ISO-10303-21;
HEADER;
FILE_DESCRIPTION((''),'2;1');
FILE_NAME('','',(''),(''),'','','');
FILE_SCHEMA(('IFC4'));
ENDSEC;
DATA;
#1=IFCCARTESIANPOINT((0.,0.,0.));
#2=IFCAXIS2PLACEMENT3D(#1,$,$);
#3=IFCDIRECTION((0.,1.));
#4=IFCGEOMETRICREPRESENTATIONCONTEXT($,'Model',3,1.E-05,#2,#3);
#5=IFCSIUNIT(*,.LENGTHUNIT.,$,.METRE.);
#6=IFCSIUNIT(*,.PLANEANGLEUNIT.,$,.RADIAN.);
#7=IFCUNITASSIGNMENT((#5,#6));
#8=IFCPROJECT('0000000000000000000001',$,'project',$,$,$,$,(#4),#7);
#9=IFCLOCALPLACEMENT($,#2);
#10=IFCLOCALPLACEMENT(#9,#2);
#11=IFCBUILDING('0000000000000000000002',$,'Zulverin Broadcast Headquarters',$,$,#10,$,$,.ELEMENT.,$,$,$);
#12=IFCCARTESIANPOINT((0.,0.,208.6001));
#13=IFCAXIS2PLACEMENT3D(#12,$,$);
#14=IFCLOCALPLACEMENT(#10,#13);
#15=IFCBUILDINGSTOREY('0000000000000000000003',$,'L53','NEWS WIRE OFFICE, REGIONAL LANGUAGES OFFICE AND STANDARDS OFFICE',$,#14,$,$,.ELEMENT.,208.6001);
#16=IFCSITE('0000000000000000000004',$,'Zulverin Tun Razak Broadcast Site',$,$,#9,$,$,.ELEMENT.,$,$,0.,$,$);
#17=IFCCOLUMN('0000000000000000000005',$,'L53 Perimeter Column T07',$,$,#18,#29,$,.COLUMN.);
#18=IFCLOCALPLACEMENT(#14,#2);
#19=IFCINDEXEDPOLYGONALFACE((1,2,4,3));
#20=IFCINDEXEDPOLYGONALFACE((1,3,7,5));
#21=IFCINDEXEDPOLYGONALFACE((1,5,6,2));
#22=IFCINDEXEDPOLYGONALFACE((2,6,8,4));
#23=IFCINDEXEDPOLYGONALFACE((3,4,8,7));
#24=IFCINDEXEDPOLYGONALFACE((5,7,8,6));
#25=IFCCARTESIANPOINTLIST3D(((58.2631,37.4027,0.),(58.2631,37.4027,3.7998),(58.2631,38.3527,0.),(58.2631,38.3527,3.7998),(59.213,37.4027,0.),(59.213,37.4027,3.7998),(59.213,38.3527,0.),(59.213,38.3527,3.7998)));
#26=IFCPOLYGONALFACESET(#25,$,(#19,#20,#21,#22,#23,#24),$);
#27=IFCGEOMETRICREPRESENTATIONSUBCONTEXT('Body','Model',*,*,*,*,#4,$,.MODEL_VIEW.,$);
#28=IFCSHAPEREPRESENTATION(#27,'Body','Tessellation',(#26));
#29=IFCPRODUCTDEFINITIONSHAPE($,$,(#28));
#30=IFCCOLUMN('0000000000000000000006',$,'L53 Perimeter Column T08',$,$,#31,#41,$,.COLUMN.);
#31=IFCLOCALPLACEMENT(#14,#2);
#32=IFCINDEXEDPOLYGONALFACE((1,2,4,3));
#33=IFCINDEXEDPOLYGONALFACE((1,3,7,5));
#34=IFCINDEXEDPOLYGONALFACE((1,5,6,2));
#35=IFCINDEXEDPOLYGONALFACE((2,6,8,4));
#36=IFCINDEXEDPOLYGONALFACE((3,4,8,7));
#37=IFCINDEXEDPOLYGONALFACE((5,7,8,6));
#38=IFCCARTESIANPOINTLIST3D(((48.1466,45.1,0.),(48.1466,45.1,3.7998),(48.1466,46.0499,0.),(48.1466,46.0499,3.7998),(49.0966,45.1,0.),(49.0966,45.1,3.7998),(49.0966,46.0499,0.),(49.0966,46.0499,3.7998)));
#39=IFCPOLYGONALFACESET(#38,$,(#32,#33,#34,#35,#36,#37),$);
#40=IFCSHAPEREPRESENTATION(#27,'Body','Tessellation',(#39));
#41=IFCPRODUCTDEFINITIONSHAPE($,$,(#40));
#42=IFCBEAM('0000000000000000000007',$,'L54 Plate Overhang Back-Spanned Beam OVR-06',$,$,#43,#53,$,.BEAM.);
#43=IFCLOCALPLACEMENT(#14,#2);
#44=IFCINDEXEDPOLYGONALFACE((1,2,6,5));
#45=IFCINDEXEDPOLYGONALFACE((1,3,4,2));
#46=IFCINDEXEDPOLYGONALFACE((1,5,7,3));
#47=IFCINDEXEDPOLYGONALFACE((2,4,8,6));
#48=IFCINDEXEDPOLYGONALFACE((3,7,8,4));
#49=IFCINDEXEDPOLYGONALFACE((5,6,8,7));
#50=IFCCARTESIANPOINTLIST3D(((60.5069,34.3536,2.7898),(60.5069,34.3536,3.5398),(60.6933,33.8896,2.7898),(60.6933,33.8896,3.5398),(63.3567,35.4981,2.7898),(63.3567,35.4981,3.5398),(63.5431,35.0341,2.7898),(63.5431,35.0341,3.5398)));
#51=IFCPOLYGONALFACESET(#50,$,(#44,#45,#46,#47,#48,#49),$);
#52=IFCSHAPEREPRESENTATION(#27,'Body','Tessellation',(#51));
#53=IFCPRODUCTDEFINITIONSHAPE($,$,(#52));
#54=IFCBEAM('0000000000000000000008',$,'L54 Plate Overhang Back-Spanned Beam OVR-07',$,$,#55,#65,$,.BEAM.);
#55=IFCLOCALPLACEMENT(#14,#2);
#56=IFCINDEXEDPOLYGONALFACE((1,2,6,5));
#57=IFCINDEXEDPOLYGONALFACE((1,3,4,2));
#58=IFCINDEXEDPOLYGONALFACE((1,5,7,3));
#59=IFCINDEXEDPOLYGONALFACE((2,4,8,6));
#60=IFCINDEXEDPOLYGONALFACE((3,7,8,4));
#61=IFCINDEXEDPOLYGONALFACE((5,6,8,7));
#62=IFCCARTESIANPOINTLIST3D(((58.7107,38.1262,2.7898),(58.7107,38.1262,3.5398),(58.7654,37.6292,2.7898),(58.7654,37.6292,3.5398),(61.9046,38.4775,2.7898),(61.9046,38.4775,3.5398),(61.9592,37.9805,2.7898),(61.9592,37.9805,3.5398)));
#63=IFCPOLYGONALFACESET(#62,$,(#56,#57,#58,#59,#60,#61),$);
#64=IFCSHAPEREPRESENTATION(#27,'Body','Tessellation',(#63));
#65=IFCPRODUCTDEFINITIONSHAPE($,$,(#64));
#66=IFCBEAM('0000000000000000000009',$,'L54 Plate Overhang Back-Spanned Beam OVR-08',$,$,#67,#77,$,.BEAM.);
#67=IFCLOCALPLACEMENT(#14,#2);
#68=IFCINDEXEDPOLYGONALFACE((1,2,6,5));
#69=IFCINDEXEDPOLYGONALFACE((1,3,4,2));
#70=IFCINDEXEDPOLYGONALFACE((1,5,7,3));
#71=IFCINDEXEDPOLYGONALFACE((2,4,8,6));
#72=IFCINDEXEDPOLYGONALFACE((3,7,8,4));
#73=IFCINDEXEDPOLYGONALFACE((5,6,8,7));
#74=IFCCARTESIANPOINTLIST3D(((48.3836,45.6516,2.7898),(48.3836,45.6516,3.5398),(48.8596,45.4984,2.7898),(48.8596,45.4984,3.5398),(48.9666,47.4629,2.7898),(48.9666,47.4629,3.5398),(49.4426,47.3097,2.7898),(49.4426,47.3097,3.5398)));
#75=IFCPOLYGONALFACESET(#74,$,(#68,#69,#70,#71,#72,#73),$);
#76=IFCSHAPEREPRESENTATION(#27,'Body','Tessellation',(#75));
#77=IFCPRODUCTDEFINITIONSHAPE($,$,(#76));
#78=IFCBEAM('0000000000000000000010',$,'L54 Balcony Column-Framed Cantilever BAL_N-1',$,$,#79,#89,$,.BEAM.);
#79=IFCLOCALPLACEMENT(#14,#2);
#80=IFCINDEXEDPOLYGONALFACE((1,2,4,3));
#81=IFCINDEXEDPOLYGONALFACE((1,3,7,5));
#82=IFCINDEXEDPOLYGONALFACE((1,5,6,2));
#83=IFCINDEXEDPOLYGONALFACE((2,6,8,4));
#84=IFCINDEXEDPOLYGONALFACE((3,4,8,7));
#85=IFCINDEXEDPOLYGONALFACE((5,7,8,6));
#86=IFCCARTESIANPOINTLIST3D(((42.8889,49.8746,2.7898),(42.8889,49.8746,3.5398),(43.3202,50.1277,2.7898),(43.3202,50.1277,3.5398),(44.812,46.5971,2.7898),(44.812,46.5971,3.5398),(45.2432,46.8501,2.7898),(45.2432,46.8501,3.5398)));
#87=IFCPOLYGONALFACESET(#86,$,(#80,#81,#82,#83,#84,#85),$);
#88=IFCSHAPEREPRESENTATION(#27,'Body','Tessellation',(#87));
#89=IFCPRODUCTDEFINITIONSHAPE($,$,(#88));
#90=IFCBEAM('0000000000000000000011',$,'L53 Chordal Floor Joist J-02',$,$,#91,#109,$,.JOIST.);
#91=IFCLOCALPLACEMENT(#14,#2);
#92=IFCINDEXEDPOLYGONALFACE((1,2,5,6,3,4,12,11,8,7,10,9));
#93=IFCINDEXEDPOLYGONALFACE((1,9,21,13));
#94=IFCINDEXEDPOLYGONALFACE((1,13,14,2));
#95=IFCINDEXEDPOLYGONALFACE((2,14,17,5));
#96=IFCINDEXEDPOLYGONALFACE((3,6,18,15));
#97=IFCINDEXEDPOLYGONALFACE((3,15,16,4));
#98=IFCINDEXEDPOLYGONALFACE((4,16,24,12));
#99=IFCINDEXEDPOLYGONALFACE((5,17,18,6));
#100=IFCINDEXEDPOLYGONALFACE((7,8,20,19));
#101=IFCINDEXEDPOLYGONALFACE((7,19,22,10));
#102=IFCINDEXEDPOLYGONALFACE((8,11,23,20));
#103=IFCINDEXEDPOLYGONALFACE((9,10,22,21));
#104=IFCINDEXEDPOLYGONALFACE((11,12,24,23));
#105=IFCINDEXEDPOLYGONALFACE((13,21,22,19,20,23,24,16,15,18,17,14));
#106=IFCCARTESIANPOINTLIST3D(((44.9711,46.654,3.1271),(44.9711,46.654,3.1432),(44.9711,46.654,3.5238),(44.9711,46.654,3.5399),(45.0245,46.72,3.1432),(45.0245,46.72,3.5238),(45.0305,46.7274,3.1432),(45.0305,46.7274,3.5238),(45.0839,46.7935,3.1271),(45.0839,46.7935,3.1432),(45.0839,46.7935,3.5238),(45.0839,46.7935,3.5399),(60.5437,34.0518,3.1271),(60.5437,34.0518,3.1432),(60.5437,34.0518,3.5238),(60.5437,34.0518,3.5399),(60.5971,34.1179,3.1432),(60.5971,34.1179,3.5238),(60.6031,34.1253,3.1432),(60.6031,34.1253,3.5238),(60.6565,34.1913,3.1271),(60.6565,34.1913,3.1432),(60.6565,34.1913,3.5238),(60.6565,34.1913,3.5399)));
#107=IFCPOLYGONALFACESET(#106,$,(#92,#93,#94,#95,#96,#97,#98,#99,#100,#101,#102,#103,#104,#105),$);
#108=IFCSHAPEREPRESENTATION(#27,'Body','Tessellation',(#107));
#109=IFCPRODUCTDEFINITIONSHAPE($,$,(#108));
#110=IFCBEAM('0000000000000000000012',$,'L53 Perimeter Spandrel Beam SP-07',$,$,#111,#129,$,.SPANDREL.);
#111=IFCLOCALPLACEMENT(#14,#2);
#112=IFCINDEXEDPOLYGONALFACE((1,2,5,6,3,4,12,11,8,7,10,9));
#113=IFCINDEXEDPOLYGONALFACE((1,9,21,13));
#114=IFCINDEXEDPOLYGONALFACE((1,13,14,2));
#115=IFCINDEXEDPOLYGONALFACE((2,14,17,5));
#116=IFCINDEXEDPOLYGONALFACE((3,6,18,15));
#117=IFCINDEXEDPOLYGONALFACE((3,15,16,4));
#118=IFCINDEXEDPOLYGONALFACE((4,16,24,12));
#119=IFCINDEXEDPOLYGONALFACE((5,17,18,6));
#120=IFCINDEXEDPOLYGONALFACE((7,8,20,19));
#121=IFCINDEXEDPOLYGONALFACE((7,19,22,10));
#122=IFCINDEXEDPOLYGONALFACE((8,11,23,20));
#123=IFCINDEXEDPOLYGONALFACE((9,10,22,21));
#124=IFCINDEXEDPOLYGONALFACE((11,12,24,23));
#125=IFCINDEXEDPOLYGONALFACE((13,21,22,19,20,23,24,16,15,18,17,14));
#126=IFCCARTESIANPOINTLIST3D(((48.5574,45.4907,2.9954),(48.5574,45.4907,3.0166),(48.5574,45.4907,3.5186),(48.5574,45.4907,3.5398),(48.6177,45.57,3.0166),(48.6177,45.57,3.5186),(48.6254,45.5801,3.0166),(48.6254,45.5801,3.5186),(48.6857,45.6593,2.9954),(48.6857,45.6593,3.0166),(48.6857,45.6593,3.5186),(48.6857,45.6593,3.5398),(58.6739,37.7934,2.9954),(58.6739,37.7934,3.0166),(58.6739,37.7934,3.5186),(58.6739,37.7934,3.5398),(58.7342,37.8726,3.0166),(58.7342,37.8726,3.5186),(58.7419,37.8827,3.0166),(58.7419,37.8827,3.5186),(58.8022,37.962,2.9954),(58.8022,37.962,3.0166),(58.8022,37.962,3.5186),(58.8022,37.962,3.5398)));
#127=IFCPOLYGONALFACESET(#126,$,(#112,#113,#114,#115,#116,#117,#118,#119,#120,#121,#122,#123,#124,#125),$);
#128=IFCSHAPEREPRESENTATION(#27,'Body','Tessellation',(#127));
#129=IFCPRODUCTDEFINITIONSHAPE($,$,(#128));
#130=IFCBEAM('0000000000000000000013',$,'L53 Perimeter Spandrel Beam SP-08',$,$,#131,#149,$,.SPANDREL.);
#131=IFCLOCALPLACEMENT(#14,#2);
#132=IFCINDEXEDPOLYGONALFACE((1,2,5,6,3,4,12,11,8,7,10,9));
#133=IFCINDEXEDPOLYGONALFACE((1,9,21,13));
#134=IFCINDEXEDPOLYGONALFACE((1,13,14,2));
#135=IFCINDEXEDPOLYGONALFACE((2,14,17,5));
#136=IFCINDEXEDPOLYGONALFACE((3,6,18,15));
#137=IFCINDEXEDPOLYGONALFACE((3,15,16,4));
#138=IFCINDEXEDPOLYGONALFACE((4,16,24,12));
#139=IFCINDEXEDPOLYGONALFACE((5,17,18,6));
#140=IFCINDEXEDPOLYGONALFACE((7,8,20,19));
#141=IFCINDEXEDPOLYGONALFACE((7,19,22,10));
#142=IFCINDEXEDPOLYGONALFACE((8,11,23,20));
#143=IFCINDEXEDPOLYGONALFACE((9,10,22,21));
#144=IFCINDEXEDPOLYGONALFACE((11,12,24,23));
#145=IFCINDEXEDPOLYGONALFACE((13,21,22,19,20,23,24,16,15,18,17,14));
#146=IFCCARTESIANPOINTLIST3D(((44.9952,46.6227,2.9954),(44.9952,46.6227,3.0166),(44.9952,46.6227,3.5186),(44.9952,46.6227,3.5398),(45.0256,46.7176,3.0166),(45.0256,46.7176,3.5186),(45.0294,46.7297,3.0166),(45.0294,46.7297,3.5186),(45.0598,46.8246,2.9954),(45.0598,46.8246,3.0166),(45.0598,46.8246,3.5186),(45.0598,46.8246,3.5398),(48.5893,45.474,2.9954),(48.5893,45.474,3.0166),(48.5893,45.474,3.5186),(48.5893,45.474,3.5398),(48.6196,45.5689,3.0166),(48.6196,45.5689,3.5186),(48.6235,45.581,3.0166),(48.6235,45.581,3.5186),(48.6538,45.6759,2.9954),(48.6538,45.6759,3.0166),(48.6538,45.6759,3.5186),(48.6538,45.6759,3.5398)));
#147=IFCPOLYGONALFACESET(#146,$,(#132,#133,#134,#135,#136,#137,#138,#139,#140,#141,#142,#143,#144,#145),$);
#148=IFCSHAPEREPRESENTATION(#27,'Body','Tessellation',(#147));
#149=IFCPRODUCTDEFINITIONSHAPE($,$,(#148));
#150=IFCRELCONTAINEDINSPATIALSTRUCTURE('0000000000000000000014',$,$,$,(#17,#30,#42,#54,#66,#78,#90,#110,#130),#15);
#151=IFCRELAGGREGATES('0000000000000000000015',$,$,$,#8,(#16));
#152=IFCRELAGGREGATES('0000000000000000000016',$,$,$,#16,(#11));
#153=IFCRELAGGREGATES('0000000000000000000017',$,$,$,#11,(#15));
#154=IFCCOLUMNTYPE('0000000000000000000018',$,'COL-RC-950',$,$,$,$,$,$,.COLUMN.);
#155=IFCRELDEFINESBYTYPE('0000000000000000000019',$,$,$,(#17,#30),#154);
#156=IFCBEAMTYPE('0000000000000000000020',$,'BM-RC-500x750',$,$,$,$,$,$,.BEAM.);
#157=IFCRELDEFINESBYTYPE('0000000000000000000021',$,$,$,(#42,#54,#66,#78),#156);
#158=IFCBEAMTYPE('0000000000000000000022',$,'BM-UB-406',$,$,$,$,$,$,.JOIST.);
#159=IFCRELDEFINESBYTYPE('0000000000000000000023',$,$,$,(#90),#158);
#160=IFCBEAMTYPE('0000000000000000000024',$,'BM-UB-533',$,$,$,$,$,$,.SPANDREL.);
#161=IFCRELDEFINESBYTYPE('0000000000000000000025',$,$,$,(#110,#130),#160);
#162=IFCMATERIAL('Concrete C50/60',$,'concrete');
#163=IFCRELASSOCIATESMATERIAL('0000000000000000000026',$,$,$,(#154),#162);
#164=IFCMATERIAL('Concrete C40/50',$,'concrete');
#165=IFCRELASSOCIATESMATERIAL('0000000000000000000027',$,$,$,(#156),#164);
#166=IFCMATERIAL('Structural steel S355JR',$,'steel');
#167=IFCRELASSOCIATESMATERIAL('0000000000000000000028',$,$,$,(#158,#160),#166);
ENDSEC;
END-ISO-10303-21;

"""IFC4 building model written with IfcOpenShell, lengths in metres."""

from ifc_helpers import new_model, si_unit, direction, frame, origin, origin_2d, place, context, subcontext, project, spatial, rectangle, i_section, extrude, material, material_profile, profile_set, type_object, element, save


model = new_model("IFC4")

# Units and contexts
model_context = context("Model", 3, precision=1e-05, world=origin(), true_north=direction((0.0, 1.0)))
body_context = subcontext(model_context, "Body", "Model", "MODEL_VIEW")
ifc_project = project(units=[si_unit("LENGTHUNIT", "METRE"), si_unit("PLANEANGLEUNIT", "RADIAN")], contexts=[model_context])

# Site, building, storey
site_placement = place(None, origin())
site = spatial("IfcSite", under=ifc_project, at=site_placement, Name="Zulverin Tun Razak Broadcast Site", CompositionType="ELEMENT", RefElevation=0.0)
building_placement = place(site_placement, origin())
building = spatial("IfcBuilding", under=site, at=building_placement, Name="Zulverin Broadcast Headquarters", CompositionType="ELEMENT")
storey_placement = place(building_placement, frame((0.0, 0.0, 208.6001)))
storey = spatial("IfcBuildingStorey", under=building, at=storey_placement, Name="L53", Description="NEWS WIRE OFFICE, REGIONAL LANGUAGES OFFICE AND STANDARDS OFFICE", CompositionType="ELEMENT", Elevation=208.6001)

# Columns
ifc_material_1 = material(Name="Concrete C50/60", Category="concrete")
ifc_material_profile_1 = material_profile(ifc_material_1, rectangle(XDim=0.95, YDim=0.95, at=origin_2d()), Name="Concrete C50/60", Category="concrete")
ifc_profile_set_1 = profile_set([ifc_material_profile_1], Name="Concrete C50/60")
column_type = type_object("IfcColumnType", Name="COL-RC-950", PredefinedType="COLUMN", material=ifc_profile_set_1)
for number, where, z_axis, x_axis, name in (
    (1, (58.738, 37.8777, 0.0), (0.0, 0.0, 1.0), (1.0, 0.0, 0.0), "L53 Perimeter Column T07"),
    (2, (48.6216, 45.575, 0.0), (0.0, 0.0, 1.0), (1.0, 0.0, 0.0), "L53 Perimeter Column T08"),
):
    element("IfcColumn", number, at=place(storey_placement, frame(where, z_axis=z_axis, x_axis=x_axis)), inside=storey, type_object=column_type, Name=name, PredefinedType="COLUMN", context=body_context, shape_type="SweptSolid", body=[
        extrude(rectangle(XDim=0.95, YDim=0.95, at=origin_2d()), origin(), (0.0, 0.0, 1.0), 3.7998),
    ])

# Beams
ifc_material_2 = material(Name="Concrete C40/50", Category="concrete")
ifc_material_profile_2 = material_profile(ifc_material_2, rectangle(XDim=0.5, YDim=0.75, at=origin_2d()), Name="Concrete C40/50", Category="concrete")
ifc_profile_set_2 = profile_set([ifc_material_profile_2], Name="Concrete C40/50")
beam_type_1 = type_object("IfcBeamType", Name="BM-RC-500x750", PredefinedType="BEAM", material=ifc_profile_set_2)
beam_1_placement = place(storey_placement, frame((60.6001, 34.1216, 3.1648), z_axis=(0.92796, 0.372679, 0.0), x_axis=(-0.372679, 0.92796, 0.0)))
element("IfcBeam", 3, at=beam_1_placement, inside=storey, type_object=beam_type_1, Name="L54 Plate Overhang Back-Spanned Beam OVR-06", PredefinedType="BEAM", context=body_context, shape_type="SweptSolid", body=[
    extrude(rectangle(XDim=0.5, YDim=0.75, at=origin_2d()), origin(), (0.0, 0.0, 1.0), 3.071),
])
beam_2_placement = place(storey_placement, frame((58.738, 37.8777, 3.1648), z_axis=(0.994005, 0.109339, 0.0), x_axis=(-0.109339, 0.994005, 0.0)))
element("IfcBeam", 4, at=beam_2_placement, inside=storey, type_object=beam_type_1, Name="L54 Plate Overhang Back-Spanned Beam OVR-07", PredefinedType="BEAM", context=body_context, shape_type="SweptSolid", body=[
    extrude(rectangle(XDim=0.5, YDim=0.75, at=origin_2d()), origin(), (0.0, 0.0, 1.0), 3.2131),
])
beam_3_placement = place(storey_placement, frame((48.6216, 45.575, 3.1648), z_axis=(0.306395, 0.951904, 0.0), x_axis=(-0.951904, 0.306395, 0.0)))
element("IfcBeam", 5, at=beam_3_placement, inside=storey, type_object=beam_type_1, Name="L54 Plate Overhang Back-Spanned Beam OVR-08", PredefinedType="BEAM", context=body_context, shape_type="SweptSolid", body=[
    extrude(rectangle(XDim=0.5, YDim=0.75, at=origin_2d()), origin(), (0.0, 0.0, 1.0), 1.9028),
])
beam_4_placement = place(storey_placement, frame((45.0276, 46.7236, 3.1648), z_axis=(-0.506062, 0.862497, 0.0), x_axis=(-0.862497, -0.506062, 0.0)))
element("IfcBeam", 6, at=beam_4_placement, inside=storey, type_object=beam_type_1, Name="L54 Balcony Column-Framed Cantilever BAL_N-1", PredefinedType="BEAM", context=body_context, shape_type="SweptSolid", body=[
    extrude(rectangle(XDim=0.5, YDim=0.75, at=origin_2d()), origin(), (0.0, 0.0, 1.0), 3.8),
])
ifc_material_3 = material(Name="Structural steel S355JR", Category="steel")
ifc_material_profile_3 = material_profile(ifc_material_3, i_section(OverallWidth=0.1794, OverallDepth=0.4128, WebThickness=0.0095, FlangeThickness=0.0161, at=origin_2d()), Name="Structural steel S355JR", Category="steel")
ifc_profile_set_3 = profile_set([ifc_material_profile_3], Name="Structural steel S355JR")
beam_type_2 = type_object("IfcBeamType", Name="BM-UB-406", PredefinedType="JOIST", material=ifc_profile_set_3)
beam_5_placement = place(storey_placement, frame((60.6001, 34.1216, 3.3335), z_axis=(-0.777349, 0.62907, 0.0), x_axis=(-0.62907, -0.777349, 0.0)))
element("IfcBeam", 7, at=beam_5_placement, inside=storey, type_object=beam_type_2, Name="L53 Chordal Floor Joist J-02", PredefinedType="JOIST", context=body_context, shape_type="SweptSolid", body=[
    extrude(i_section(OverallWidth=0.1794, OverallDepth=0.4128, WebThickness=0.0095, FlangeThickness=0.0161, at=origin_2d()), origin(), (0.0, 0.0, 1.0), 20.033),
])
ifc_material_profile_4 = material_profile(ifc_material_3, i_section(OverallWidth=0.2119, OverallDepth=0.5444, WebThickness=0.0127, FlangeThickness=0.0212, at=origin_2d()), Name="Structural steel S355JR", Category="steel")
ifc_profile_set_4 = profile_set([ifc_material_profile_4], Name="Structural steel S355JR")
beam_type_3 = type_object("IfcBeamType", Name="BM-UB-533", PredefinedType="SPANDREL", material=ifc_profile_set_4)
beam_6_placement = place(storey_placement, frame((58.738, 37.8777, 3.2676), z_axis=(-0.79583, 0.60552, 0.0), x_axis=(-0.60552, -0.79583, 0.0)))
element("IfcBeam", 8, at=beam_6_placement, inside=storey, type_object=beam_type_3, Name="L53 Perimeter Spandrel Beam SP-07", PredefinedType="SPANDREL", context=body_context, shape_type="SweptSolid", body=[
    extrude(i_section(OverallWidth=0.2119, OverallDepth=0.5444, WebThickness=0.0127, FlangeThickness=0.0212, at=origin_2d()), origin(), (0.0, 0.0, 1.0), 12.7119),
])
beam_7_placement = place(storey_placement, frame((48.6216, 45.575, 3.2676), z_axis=(-0.952532, 0.30444, 0.0), x_axis=(-0.30444, -0.952532, 0.0)))
element("IfcBeam", 9, at=beam_7_placement, inside=storey, type_object=beam_type_3, Name="L53 Perimeter Spandrel Beam SP-08", PredefinedType="SPANDREL", context=body_context, shape_type="SweptSolid", body=[
    extrude(i_section(OverallWidth=0.2119, OverallDepth=0.5444, WebThickness=0.0127, FlangeThickness=0.0212, at=origin_2d()), origin(), (0.0, 0.0, 1.0), 3.7732),
])

save(model, "model.ifc")
